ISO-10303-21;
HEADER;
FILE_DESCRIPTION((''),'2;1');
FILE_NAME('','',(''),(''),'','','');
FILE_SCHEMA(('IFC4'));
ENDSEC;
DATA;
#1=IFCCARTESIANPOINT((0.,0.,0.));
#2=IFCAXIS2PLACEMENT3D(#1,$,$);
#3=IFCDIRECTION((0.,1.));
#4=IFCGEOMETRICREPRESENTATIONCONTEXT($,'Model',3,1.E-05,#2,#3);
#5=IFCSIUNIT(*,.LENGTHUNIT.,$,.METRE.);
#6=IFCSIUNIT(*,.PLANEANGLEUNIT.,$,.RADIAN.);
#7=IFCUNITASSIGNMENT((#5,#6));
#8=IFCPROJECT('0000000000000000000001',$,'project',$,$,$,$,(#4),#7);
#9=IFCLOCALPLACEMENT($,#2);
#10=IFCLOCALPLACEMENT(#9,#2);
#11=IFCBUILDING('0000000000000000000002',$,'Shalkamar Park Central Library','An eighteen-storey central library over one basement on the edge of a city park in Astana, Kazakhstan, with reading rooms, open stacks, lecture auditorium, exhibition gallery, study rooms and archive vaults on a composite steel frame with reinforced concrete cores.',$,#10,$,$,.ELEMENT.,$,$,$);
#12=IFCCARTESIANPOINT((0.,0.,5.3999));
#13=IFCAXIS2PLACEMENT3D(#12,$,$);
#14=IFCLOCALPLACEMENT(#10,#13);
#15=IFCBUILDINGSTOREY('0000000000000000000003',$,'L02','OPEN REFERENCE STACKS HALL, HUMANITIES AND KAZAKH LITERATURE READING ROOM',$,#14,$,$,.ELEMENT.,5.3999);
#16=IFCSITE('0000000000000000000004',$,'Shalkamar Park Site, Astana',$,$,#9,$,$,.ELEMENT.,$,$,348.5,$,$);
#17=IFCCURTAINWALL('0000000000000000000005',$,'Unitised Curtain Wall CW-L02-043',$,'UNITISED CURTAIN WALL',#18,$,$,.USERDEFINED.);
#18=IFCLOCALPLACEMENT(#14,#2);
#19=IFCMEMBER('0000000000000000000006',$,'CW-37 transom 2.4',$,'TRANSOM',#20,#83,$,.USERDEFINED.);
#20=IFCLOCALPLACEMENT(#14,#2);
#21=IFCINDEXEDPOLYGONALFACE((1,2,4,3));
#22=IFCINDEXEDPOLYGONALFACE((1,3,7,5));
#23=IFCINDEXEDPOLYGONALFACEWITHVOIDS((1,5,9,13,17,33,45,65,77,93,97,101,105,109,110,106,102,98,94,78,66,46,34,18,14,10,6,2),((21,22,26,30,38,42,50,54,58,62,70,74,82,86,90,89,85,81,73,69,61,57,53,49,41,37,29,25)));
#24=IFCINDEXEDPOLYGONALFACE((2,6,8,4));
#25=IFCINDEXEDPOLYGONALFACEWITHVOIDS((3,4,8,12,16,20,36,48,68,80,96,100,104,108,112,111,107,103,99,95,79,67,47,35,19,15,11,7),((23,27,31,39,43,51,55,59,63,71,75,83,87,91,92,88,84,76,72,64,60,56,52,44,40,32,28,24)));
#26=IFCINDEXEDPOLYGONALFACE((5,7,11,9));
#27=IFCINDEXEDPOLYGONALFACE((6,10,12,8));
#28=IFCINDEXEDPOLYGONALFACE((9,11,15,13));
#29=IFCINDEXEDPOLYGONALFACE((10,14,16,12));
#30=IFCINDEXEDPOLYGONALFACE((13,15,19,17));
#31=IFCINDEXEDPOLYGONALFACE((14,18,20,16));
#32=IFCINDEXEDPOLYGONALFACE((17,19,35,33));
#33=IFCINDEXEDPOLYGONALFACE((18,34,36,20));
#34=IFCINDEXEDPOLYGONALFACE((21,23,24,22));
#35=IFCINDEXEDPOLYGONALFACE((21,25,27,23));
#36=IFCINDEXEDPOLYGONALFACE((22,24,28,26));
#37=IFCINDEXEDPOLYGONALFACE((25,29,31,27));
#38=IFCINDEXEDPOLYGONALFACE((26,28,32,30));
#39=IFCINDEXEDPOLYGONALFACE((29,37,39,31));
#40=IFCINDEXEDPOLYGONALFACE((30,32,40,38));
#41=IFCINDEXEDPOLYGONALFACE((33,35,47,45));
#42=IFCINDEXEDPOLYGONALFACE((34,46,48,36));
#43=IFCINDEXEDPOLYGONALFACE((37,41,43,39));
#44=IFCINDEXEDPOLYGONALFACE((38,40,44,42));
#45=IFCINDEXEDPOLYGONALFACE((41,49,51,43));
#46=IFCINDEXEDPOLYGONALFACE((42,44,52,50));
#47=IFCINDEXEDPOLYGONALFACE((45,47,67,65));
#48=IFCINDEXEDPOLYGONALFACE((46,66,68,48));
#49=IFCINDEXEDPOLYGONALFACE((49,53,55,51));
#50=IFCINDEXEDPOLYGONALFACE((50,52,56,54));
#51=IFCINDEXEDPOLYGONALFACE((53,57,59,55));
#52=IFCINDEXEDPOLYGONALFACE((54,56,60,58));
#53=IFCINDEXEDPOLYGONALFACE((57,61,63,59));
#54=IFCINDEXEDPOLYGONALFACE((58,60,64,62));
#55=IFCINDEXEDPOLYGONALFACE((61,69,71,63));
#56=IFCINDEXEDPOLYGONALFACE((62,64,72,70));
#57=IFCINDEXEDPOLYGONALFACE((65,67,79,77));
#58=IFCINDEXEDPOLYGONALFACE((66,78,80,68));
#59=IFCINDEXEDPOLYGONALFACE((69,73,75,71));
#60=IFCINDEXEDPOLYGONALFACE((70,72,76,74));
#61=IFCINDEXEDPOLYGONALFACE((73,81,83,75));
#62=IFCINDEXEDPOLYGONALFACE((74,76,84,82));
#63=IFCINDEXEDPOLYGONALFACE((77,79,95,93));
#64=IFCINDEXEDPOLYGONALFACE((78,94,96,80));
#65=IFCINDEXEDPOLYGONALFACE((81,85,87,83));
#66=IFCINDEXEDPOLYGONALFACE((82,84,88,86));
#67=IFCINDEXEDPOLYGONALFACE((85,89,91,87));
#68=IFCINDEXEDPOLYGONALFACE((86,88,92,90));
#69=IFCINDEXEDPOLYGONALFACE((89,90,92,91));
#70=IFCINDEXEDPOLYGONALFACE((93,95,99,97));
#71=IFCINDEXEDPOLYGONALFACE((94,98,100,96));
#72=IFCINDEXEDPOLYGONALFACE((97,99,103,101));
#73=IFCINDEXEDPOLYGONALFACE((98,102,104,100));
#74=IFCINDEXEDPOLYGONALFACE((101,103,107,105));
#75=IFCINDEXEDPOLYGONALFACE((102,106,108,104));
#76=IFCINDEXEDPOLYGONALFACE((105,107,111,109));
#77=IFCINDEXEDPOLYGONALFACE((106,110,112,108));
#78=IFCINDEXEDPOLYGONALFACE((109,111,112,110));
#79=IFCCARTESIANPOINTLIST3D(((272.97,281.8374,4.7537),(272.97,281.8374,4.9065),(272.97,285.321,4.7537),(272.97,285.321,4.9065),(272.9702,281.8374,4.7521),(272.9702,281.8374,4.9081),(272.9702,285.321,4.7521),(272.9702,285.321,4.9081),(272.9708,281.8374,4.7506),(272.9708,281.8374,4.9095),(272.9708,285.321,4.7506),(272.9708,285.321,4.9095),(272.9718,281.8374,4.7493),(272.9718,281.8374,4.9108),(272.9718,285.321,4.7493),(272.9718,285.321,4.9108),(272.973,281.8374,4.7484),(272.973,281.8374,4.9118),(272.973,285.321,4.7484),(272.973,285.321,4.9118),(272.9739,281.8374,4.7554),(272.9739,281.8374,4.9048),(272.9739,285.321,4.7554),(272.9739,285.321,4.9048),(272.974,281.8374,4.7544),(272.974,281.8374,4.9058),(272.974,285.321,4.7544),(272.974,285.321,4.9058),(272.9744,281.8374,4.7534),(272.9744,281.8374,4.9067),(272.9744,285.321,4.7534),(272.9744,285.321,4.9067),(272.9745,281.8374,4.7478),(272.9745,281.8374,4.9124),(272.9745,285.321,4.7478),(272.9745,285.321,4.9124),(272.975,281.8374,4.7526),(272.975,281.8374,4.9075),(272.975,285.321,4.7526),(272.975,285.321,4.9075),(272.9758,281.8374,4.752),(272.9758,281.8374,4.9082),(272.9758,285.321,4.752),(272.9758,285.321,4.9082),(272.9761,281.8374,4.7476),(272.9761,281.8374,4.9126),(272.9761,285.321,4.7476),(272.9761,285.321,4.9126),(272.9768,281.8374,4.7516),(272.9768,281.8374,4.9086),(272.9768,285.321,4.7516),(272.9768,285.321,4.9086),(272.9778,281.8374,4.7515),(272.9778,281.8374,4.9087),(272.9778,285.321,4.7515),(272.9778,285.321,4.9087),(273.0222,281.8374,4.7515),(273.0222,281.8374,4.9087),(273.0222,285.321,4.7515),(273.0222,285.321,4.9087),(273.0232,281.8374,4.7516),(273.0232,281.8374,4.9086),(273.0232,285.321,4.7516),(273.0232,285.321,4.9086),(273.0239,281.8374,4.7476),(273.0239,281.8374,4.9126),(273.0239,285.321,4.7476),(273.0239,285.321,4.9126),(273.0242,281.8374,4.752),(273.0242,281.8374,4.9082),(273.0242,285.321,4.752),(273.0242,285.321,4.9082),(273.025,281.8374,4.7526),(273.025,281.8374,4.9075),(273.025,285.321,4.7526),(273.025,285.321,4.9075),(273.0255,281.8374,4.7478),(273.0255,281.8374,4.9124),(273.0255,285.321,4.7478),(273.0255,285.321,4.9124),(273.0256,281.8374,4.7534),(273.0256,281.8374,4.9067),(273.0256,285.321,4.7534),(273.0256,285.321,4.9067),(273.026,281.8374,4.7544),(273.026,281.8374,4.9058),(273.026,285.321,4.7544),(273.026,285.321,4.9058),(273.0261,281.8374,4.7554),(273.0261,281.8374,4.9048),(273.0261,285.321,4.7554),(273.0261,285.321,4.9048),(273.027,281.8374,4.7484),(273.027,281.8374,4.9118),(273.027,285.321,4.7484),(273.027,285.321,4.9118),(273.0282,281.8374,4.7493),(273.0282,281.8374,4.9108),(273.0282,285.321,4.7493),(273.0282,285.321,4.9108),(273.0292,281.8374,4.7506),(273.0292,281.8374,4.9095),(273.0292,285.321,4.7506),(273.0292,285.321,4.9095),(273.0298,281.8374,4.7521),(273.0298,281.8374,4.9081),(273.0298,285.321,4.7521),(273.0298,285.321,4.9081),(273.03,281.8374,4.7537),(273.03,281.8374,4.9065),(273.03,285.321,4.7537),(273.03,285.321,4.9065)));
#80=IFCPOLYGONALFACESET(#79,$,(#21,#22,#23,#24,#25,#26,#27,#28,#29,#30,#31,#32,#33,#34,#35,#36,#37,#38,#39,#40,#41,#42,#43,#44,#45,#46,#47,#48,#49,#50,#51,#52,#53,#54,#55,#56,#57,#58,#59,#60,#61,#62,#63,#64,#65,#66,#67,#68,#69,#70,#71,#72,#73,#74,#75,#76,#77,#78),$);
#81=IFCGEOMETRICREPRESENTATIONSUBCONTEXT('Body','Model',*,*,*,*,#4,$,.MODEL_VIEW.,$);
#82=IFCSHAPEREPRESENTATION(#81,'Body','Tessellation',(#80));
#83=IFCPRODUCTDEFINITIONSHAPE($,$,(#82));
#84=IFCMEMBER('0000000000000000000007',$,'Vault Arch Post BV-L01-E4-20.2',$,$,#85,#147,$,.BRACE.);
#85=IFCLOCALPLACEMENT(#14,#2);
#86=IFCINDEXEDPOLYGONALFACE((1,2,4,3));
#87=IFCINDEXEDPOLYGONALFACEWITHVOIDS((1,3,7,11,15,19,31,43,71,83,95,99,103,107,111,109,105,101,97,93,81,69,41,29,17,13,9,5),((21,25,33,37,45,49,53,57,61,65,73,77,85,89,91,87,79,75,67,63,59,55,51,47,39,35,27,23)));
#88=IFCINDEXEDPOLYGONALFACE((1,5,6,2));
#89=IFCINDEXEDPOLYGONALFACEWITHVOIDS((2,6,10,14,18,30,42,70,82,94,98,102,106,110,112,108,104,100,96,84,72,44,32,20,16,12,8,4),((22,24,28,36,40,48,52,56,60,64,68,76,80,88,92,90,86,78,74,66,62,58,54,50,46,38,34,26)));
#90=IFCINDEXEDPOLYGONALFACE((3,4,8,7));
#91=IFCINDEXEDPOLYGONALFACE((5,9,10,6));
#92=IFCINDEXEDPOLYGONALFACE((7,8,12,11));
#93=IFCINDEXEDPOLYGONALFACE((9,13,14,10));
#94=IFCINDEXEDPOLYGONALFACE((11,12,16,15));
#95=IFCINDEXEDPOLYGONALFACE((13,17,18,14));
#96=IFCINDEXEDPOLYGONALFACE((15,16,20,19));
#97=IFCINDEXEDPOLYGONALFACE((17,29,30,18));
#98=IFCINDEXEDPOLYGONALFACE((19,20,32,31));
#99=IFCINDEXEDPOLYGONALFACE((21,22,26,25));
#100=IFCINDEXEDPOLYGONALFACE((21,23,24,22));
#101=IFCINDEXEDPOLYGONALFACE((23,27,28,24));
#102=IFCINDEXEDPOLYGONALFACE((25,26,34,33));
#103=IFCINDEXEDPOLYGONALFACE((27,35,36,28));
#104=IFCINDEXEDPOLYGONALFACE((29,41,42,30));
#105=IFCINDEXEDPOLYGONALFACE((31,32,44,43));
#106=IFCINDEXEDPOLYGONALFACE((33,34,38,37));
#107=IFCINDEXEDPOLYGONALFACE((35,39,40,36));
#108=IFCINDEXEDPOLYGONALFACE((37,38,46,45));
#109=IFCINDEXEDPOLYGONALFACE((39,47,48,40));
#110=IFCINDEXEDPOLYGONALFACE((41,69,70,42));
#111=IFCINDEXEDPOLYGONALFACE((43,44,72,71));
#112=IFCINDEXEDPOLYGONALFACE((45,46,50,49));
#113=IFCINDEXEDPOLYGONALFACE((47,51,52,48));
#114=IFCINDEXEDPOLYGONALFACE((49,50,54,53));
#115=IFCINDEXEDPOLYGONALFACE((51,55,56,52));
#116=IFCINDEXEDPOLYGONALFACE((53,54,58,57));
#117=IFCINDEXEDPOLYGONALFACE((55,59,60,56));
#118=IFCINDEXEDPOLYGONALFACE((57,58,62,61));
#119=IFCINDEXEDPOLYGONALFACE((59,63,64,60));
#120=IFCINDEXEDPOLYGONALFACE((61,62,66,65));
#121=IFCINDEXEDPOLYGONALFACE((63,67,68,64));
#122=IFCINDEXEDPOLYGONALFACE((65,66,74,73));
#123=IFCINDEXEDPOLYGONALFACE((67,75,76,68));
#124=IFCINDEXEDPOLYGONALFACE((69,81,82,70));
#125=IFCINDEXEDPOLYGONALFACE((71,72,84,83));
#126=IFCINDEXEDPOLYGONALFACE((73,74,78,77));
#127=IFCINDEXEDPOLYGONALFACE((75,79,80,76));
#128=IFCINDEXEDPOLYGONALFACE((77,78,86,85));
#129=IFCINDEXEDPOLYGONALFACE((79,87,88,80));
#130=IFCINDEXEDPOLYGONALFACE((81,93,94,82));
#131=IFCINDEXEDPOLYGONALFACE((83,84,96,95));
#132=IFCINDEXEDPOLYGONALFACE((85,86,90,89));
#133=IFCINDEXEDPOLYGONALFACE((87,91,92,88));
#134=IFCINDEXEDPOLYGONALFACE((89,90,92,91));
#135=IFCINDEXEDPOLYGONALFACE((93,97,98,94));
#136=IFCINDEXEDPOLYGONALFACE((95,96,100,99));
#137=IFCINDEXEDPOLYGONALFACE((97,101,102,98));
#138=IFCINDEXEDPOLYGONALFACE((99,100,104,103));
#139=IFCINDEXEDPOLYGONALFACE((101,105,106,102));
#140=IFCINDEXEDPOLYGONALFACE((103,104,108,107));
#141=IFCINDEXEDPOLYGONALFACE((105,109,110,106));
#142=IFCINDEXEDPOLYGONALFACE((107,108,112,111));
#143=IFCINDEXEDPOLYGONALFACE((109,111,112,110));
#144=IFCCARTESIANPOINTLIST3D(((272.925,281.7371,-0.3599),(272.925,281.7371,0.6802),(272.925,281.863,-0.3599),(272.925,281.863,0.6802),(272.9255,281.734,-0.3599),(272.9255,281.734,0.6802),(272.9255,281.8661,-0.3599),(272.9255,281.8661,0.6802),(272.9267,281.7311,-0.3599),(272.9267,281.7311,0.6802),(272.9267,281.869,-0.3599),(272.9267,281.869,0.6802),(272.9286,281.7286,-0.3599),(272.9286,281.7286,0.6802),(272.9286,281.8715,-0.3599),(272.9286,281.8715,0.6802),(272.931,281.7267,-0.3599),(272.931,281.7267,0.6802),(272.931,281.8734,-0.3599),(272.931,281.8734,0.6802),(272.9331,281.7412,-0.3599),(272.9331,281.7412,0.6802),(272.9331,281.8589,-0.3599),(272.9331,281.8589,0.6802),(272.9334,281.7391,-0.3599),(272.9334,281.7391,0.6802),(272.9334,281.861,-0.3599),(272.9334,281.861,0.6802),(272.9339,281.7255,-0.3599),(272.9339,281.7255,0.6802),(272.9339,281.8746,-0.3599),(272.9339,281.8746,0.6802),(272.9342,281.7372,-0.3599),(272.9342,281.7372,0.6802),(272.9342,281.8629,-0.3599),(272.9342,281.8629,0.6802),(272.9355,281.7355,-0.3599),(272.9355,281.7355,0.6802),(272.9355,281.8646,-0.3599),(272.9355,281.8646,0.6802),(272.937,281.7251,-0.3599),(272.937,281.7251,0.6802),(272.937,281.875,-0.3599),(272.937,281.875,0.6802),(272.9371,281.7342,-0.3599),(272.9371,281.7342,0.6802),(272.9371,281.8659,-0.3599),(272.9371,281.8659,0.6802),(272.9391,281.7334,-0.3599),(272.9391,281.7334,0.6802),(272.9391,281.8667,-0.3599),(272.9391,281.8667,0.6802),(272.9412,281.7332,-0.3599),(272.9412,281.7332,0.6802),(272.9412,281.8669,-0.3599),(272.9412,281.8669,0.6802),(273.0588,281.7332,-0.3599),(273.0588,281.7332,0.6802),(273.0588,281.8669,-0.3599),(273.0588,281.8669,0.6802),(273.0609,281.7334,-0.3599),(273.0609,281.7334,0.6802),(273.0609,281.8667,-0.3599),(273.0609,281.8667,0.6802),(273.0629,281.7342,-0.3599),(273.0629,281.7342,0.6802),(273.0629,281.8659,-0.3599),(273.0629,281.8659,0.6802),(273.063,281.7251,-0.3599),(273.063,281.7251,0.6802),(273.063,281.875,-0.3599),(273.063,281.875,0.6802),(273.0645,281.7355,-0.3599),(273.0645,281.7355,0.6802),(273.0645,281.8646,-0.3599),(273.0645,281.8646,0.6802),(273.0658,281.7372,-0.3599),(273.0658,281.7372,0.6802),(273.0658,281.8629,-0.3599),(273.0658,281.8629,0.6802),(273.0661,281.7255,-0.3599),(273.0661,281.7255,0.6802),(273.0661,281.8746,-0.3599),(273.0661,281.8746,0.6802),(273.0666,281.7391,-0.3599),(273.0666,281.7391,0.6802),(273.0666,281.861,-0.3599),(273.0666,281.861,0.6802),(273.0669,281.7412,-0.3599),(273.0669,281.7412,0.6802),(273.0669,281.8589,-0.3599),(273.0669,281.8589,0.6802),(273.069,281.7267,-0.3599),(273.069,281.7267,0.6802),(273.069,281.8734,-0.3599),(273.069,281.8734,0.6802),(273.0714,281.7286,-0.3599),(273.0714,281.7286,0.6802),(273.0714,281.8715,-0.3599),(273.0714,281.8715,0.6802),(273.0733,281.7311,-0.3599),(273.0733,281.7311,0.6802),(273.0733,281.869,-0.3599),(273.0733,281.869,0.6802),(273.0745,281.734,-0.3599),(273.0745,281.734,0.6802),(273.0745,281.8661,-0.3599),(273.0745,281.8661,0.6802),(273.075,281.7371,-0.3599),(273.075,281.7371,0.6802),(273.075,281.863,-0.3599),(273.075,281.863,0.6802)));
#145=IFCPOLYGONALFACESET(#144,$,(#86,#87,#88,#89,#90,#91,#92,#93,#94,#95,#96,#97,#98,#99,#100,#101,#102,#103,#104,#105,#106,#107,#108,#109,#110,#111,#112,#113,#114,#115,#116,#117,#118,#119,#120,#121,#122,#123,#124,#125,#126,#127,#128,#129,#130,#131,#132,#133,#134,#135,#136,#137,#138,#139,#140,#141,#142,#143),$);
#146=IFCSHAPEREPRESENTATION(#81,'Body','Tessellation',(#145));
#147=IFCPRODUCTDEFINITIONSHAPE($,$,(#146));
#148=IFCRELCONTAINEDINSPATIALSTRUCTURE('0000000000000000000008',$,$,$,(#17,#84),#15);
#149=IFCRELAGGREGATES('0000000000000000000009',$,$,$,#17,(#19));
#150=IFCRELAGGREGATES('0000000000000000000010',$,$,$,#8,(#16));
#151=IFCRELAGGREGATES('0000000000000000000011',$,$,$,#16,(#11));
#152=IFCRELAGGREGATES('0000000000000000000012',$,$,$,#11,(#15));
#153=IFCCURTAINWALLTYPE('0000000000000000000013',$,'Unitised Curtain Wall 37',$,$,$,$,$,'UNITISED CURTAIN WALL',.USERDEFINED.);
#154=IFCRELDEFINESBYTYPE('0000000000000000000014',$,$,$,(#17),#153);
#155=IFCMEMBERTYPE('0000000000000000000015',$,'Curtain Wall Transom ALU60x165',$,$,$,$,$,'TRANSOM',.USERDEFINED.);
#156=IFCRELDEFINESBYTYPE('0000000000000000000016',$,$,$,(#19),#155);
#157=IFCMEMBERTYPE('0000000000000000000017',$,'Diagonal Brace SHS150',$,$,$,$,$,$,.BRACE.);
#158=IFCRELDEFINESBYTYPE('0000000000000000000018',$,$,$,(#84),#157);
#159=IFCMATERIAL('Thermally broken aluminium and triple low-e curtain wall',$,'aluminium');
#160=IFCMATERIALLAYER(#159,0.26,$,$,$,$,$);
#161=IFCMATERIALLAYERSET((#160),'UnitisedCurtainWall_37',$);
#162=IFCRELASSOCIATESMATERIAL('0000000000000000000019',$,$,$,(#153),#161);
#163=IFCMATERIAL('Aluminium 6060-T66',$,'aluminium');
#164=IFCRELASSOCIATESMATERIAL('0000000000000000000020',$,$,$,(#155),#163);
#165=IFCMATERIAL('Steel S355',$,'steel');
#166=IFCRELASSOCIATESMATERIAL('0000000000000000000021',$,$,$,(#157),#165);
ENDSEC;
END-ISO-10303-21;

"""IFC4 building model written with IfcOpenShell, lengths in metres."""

from ifc_helpers import new_model, si_unit, direction, frame, origin, origin_2d, place, context, subcontext, project, spatial, hollow_rectangle, extrude, material, layer, layer_set, material_profile, profile_set, type_object, element, aggregate, save


model = new_model("IFC4")

# Units and contexts
model_context = context("Model", 3, precision=1e-05, world=origin(), true_north=direction((0.0, 1.0)))
body_context = subcontext(model_context, "Body", "Model", "MODEL_VIEW")
ifc_project = project(units=[si_unit("LENGTHUNIT", "METRE"), si_unit("PLANEANGLEUNIT", "RADIAN")], contexts=[model_context])

# Site, building, storey
site_placement = place(None, origin())
site = spatial("IfcSite", under=ifc_project, at=site_placement, Name="Shalkamar Park Site, Astana", CompositionType="ELEMENT", RefElevation=348.5)
building_placement = place(site_placement, origin())
building = spatial("IfcBuilding", under=site, at=building_placement, Name="Shalkamar Park Central Library", Description="An eighteen-storey central library over one basement on the edge of a city park in Astana, Kazakhstan, with reading rooms, open stacks, lecture auditorium, exhibition gallery, study rooms and archive vaults on a composite steel frame with reinforced concrete cores.", CompositionType="ELEMENT")
storey_placement = place(building_placement, frame((0.0, 0.0, 5.3999)))
storey = spatial("IfcBuildingStorey", under=building, at=storey_placement, Name="L02", Description="OPEN REFERENCE STACKS HALL, HUMANITIES AND KAZAKH LITERATURE READING ROOM", CompositionType="ELEMENT", Elevation=5.3999)

# Shared definitions
ifc_material_1 = material(Name="Steel S355", Category="steel")

# Curtain wall, member
ifc_material_2 = material(Name="Thermally broken aluminium and triple low-e curtain wall", Category="aluminium")
ifc_layer_1 = layer(ifc_material_2, 0.26)
ifc_layer_set_1 = layer_set([ifc_layer_1], Name="UnitisedCurtainWall_37")
curtain_wall_type = type_object("IfcCurtainWallType", Name="Unitised Curtain Wall 37", ElementType="UNITISED CURTAIN WALL", PredefinedType="USERDEFINED", material=ifc_layer_set_1)
curtain_wall_placement = place(storey_placement, origin())
curtain_wall = element("IfcCurtainWall", 1, at=curtain_wall_placement, inside=storey, type_object=curtain_wall_type, Name="Unitised Curtain Wall CW-L02-043", ObjectType="UNITISED CURTAIN WALL", PredefinedType="USERDEFINED")
ifc_material_3 = material(Name="Aluminium 6060-T66", Category="aluminium")
ifc_material_profile_1 = material_profile(ifc_material_3, hollow_rectangle(XDim=0.0601, YDim=0.165, WallThickness=0.0039, InnerFilletRadius=0.0039, OuterFilletRadius=0.0061, at=origin_2d()), Name="ALU 60x165x4")
ifc_profile_set_1 = profile_set([ifc_material_profile_1], Name="Aluminium 6060-T66")
member_type_1 = type_object("IfcMemberType", Name="Curtain Wall Transom ALU60x165", ElementType="TRANSOM", PredefinedType="USERDEFINED", material=ifc_profile_set_1)
member_1_placement = place(storey_placement, frame((273.0, 281.8374, 4.8301), z_axis=(0.0, 1.0, 0.0), x_axis=(-1.0, 0.0, 0.0)))
member_1 = element("IfcMember", 2, at=member_1_placement, type_object=member_type_1, Name="CW-37 transom 2.4", ObjectType="TRANSOM", PredefinedType="USERDEFINED", context=body_context, shape_type="SweptSolid", body=[
    extrude(hollow_rectangle(XDim=0.0601, YDim=0.165, WallThickness=0.0039, InnerFilletRadius=0.0039, OuterFilletRadius=0.0061, at=origin_2d()), origin(), (0.0, 0.0, 1.0), 3.4836),
])

# Member
ifc_material_profile_2 = material_profile(ifc_material_1, hollow_rectangle(XDim=0.1499, YDim=0.1499, WallThickness=0.0081, InnerFilletRadius=0.0081, OuterFilletRadius=0.012, at=origin_2d()), Name="SHS 150x150x8")
ifc_profile_set_2 = profile_set([ifc_material_profile_2], Name="Steel S355")
member_type_2 = type_object("IfcMemberType", Name="Diagonal Brace SHS150", PredefinedType="BRACE", material=ifc_profile_set_2)
member_2_placement = place(storey_placement, frame((273.0, 281.8, -0.3599), z_axis=(0.0, 0.0, 1.0), x_axis=(1.0, 0.0, 0.0)))
element("IfcMember", 3, at=member_2_placement, inside=storey, type_object=member_type_2, Name="Vault Arch Post BV-L01-E4-20.2", PredefinedType="BRACE", context=body_context, shape_type="SweptSolid", body=[
    extrude(hollow_rectangle(XDim=0.1499, YDim=0.1499, WallThickness=0.0081, InnerFilletRadius=0.0081, OuterFilletRadius=0.012, at=origin_2d()), origin(), (0.0, 0.0, 1.0), 1.04),
])

aggregate(curtain_wall, [member_1])

save(model, "model.ifc")
